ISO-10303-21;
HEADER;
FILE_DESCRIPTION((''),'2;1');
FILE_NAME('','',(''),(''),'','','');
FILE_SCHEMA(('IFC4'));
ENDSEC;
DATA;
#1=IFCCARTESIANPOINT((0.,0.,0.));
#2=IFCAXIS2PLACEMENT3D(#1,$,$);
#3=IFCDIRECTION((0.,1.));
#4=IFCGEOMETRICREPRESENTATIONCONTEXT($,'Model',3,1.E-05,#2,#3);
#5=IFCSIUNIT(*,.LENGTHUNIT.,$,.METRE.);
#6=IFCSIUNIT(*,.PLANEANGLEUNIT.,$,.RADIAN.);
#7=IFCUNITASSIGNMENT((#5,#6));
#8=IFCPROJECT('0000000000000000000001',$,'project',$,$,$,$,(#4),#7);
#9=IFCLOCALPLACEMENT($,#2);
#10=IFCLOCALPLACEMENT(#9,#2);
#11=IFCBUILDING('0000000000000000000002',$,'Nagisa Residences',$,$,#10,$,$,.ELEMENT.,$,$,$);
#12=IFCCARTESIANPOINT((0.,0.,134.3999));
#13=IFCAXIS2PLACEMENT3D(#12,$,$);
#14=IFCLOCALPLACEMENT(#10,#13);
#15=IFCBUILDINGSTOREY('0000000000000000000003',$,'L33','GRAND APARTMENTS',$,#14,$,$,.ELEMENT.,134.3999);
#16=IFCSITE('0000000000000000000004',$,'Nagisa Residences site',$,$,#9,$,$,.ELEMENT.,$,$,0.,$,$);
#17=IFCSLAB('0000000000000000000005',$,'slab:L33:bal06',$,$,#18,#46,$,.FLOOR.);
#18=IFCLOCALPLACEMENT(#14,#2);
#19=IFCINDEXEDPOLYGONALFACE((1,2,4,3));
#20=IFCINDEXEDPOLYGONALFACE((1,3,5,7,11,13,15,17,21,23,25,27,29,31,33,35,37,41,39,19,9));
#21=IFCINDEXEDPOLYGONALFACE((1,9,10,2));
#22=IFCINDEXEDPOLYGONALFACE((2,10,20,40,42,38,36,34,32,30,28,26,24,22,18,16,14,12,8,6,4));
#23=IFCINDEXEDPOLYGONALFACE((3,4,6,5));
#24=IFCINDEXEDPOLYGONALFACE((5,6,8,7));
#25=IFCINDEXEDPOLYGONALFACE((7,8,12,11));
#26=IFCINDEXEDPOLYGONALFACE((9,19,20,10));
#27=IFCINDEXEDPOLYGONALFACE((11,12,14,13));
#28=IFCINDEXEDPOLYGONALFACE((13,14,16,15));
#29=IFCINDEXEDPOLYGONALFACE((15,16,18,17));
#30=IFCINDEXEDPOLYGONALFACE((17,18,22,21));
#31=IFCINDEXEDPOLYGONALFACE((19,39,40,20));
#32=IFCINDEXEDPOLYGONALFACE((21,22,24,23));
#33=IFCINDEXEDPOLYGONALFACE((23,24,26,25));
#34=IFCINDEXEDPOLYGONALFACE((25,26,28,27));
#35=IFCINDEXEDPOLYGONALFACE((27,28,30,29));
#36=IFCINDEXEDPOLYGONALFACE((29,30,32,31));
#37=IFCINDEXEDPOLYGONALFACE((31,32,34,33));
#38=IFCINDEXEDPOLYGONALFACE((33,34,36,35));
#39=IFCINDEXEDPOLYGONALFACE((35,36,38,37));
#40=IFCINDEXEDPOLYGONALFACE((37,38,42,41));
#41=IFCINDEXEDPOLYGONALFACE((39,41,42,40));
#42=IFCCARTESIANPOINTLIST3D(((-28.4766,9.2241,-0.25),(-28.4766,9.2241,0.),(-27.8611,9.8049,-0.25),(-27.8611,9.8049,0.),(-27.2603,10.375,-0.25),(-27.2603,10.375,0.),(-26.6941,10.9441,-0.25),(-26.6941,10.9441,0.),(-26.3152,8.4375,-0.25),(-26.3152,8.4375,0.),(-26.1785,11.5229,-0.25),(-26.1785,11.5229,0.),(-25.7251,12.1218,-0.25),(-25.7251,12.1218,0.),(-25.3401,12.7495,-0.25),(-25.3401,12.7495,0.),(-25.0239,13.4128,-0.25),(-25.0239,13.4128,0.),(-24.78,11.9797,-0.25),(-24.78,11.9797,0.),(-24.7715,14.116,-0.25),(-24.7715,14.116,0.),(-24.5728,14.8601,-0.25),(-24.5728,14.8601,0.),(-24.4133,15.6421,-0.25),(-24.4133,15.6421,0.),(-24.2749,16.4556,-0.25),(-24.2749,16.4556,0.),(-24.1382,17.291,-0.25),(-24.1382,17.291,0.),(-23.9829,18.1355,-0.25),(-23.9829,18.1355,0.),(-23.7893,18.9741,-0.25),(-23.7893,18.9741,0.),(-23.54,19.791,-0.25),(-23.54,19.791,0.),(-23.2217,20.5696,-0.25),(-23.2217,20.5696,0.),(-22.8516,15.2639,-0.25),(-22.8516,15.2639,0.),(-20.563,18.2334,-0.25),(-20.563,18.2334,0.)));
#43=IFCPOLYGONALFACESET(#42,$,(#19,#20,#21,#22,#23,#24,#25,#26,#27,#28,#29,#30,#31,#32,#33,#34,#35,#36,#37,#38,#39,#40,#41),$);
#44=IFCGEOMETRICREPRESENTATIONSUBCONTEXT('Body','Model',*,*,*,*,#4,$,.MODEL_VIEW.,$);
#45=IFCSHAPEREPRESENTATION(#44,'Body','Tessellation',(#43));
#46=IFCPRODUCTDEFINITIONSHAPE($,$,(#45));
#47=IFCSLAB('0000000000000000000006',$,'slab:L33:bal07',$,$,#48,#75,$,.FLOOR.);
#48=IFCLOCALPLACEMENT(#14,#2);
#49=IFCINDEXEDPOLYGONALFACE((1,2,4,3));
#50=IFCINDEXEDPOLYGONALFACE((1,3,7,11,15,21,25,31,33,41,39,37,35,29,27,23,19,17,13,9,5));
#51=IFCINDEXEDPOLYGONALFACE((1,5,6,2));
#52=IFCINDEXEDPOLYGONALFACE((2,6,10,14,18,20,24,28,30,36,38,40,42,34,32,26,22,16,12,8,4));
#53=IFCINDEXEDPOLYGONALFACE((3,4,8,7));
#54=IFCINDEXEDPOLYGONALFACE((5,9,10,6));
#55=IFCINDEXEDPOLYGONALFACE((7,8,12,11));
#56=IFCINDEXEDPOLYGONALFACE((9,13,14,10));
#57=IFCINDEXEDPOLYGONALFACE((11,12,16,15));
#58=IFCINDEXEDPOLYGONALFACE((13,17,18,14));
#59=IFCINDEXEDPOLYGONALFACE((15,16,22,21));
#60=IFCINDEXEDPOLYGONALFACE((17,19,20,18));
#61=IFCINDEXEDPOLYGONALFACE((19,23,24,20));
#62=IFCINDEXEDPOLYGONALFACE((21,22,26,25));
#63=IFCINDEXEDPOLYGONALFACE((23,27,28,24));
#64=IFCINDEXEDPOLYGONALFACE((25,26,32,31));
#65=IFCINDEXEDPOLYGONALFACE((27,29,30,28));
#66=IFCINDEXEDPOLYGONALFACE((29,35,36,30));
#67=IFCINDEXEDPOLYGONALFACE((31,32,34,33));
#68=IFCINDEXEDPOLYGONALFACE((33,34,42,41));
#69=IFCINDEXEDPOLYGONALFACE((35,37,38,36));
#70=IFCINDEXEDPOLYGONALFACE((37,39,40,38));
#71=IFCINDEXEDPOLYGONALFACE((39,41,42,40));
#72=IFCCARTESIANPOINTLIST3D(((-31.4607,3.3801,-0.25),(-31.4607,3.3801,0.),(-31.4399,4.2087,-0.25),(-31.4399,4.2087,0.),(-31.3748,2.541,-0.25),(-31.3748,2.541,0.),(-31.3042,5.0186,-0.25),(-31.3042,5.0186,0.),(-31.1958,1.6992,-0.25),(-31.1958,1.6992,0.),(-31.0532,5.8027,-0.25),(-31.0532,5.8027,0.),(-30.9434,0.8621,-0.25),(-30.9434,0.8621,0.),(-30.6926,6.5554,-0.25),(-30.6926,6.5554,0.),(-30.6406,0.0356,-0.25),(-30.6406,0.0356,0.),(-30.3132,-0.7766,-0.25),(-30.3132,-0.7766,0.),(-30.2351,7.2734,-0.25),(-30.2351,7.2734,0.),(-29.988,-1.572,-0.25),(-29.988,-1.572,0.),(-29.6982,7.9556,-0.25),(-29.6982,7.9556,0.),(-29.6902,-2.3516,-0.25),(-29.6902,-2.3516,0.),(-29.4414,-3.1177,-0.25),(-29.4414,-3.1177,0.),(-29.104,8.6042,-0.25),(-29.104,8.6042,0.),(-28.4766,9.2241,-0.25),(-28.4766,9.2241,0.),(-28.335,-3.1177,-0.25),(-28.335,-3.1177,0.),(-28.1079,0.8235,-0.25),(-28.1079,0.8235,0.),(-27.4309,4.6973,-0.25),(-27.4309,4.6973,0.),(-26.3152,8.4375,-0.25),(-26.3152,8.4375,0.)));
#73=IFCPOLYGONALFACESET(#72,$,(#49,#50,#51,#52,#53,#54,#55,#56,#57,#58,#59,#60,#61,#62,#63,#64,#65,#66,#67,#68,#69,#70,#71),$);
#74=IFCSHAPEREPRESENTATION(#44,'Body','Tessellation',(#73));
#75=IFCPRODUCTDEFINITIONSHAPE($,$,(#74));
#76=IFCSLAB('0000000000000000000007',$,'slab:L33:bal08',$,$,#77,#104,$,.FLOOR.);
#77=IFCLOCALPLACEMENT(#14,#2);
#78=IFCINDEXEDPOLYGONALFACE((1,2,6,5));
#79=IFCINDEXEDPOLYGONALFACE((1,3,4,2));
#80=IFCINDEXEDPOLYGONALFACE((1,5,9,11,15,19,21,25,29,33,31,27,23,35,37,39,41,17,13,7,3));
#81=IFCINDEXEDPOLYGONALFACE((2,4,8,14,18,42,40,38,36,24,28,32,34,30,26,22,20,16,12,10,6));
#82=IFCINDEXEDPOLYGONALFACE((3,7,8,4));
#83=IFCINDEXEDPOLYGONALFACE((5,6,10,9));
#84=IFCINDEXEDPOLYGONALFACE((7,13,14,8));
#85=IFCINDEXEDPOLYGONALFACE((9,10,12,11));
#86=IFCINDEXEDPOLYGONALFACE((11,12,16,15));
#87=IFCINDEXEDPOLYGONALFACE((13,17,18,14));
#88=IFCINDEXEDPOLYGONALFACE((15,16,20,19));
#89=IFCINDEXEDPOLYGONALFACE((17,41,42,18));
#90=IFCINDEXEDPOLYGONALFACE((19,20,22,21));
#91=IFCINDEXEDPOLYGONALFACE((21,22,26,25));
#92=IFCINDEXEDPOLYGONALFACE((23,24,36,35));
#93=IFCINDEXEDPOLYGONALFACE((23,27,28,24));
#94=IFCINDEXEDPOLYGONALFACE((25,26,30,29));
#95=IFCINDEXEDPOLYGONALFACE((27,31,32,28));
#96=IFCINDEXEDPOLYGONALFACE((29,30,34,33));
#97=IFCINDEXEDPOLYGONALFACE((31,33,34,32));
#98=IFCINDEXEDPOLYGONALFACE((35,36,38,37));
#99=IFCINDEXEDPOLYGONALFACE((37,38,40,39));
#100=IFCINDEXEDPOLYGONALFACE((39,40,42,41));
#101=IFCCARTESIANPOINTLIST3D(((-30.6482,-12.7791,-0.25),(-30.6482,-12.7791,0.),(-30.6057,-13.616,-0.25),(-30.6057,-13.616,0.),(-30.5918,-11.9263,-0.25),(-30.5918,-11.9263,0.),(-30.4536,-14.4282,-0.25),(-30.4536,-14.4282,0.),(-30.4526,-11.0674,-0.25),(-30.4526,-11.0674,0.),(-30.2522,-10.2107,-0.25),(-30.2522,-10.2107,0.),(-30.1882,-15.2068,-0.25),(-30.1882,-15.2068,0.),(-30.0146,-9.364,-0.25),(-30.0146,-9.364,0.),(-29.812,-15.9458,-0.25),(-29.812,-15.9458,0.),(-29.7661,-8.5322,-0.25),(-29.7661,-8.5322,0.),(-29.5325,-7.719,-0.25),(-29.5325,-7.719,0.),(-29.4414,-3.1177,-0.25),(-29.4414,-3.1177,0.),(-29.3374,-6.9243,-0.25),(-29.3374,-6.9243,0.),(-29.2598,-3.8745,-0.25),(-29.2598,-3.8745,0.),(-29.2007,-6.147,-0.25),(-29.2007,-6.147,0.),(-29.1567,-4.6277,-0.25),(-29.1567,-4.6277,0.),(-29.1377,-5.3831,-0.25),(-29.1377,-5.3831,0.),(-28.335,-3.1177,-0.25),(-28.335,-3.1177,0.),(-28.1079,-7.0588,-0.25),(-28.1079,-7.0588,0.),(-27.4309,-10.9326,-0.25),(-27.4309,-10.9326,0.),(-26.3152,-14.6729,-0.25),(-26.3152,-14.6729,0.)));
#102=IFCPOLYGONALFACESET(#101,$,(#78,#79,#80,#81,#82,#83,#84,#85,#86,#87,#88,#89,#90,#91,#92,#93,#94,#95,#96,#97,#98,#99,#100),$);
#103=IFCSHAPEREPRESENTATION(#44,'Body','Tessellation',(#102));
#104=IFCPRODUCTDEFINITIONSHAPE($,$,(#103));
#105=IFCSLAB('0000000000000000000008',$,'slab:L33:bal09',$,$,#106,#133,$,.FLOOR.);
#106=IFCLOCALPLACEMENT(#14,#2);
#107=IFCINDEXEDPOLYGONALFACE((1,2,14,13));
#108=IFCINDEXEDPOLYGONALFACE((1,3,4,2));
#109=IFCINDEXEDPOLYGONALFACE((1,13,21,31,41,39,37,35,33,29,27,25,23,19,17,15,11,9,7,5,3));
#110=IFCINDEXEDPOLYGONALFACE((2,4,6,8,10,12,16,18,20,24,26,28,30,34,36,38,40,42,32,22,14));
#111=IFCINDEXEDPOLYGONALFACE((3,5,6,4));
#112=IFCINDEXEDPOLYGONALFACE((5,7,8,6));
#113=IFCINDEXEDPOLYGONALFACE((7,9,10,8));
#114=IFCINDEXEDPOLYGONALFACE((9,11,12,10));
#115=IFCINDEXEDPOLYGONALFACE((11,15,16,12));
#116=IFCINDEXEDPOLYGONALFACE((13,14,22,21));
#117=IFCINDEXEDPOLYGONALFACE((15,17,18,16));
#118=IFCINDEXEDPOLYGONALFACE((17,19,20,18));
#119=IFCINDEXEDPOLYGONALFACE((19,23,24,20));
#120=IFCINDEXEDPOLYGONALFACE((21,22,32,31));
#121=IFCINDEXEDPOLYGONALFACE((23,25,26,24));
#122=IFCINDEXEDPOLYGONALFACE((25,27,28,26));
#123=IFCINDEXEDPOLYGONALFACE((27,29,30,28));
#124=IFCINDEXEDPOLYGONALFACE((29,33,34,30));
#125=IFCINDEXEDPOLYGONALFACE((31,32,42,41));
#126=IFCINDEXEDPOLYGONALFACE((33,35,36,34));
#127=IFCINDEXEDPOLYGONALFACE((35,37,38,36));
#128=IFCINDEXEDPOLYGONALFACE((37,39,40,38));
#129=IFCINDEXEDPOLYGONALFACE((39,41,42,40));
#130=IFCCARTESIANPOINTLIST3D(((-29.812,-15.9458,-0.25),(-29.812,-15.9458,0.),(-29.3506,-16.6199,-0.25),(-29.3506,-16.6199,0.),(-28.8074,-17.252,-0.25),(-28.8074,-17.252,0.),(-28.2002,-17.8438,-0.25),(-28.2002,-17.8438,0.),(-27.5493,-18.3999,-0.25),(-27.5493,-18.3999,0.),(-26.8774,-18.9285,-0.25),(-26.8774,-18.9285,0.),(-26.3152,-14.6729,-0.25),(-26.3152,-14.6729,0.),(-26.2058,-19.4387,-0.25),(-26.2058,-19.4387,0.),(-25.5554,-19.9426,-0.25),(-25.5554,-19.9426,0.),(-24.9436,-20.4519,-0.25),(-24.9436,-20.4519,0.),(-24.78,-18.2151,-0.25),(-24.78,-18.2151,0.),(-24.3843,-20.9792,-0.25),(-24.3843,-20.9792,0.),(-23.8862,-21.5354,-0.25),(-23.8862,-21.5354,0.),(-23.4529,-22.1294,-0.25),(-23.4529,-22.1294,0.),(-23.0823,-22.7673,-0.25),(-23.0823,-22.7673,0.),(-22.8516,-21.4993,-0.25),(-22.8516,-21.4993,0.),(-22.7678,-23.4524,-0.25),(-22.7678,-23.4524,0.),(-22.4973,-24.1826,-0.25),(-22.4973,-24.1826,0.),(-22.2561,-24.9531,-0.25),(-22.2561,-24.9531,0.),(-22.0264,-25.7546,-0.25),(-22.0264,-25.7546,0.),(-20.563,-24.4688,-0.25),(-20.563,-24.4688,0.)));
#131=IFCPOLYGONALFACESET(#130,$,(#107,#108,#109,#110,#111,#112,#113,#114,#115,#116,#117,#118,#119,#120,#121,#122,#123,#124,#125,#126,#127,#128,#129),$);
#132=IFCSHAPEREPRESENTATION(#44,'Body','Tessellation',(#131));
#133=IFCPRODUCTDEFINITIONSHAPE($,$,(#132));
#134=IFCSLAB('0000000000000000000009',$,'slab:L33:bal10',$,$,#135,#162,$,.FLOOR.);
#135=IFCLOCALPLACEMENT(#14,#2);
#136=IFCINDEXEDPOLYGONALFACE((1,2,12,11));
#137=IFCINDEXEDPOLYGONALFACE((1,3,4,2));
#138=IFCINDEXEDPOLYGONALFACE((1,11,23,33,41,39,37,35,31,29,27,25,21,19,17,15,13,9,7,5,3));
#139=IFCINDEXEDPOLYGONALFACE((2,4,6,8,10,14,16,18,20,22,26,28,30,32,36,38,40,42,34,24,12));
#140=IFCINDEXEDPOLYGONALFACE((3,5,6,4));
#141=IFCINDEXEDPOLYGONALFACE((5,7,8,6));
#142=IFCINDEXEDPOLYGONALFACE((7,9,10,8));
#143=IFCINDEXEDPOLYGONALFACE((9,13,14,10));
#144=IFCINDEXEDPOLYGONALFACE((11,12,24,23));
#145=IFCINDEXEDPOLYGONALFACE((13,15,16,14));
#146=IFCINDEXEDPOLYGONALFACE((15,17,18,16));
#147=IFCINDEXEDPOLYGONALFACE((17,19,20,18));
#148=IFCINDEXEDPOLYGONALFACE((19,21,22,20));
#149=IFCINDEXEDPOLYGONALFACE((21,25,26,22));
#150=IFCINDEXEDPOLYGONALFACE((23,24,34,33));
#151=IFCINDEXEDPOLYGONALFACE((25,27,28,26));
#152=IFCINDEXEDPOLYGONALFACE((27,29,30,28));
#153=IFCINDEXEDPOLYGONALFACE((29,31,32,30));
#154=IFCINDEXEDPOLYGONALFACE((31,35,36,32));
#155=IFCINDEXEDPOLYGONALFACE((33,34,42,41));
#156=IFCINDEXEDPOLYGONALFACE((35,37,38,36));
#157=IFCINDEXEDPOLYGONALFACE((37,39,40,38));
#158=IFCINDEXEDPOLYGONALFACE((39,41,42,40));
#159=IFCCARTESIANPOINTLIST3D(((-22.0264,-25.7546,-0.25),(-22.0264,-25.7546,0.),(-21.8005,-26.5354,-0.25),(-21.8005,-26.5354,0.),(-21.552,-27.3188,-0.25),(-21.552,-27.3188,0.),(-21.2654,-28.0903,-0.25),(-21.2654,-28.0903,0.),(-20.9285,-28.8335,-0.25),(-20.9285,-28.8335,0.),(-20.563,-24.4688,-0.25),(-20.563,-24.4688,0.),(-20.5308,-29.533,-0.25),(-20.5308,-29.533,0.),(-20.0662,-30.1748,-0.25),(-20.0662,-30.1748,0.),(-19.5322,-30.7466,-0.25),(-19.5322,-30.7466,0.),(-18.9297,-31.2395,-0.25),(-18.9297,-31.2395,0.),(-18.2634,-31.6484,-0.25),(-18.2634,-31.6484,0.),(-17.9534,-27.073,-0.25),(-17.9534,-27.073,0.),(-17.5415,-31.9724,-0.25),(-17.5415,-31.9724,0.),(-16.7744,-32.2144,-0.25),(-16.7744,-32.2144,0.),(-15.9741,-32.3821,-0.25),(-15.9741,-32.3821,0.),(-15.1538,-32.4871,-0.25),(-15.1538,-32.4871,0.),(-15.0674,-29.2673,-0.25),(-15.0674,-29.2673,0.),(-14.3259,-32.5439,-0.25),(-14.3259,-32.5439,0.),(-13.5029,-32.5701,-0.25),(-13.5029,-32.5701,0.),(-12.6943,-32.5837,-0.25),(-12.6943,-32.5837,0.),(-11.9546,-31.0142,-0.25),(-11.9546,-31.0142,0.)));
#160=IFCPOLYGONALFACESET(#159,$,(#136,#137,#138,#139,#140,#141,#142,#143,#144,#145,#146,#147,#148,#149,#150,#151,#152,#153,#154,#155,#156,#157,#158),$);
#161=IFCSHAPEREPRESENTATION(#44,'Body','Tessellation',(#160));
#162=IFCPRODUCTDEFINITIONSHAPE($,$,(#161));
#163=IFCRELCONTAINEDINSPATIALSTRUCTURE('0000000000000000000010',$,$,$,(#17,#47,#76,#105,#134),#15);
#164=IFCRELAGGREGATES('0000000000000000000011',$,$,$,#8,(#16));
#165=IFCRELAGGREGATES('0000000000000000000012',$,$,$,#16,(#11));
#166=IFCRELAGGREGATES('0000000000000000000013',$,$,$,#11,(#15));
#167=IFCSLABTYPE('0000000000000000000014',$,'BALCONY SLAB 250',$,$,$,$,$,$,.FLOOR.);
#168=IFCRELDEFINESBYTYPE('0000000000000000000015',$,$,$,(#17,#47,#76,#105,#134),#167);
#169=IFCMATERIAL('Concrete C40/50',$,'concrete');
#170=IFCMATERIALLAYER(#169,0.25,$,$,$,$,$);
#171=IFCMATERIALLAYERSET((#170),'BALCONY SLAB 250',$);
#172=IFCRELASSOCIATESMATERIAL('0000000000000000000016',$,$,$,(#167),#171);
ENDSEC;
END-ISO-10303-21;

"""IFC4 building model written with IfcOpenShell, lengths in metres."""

from ifc_helpers import new_model, si_unit, direction, frame, origin, place, context, subcontext, project, spatial, polyline, outline, extrude, material, layer, layer_set, type_object, element, save


model = new_model("IFC4")

# Units and contexts
model_context = context("Model", 3, precision=1e-05, world=origin(), true_north=direction((0.0, 1.0)))
body_context = subcontext(model_context, "Body", "Model", "MODEL_VIEW")
ifc_project = project(units=[si_unit("LENGTHUNIT", "METRE"), si_unit("PLANEANGLEUNIT", "RADIAN")], contexts=[model_context])

# Site, building, storey
site_placement = place(None, origin())
site = spatial("IfcSite", under=ifc_project, at=site_placement, Name="Nagisa Residences site", CompositionType="ELEMENT", RefElevation=0.0)
building_placement = place(site_placement, origin())
building = spatial("IfcBuilding", under=site, at=building_placement, Name="Nagisa Residences", CompositionType="ELEMENT")
storey_placement = place(building_placement, frame((0.0, 0.0, 134.3999)))
storey = spatial("IfcBuildingStorey", under=building, at=storey_placement, Name="L33", Description="GRAND APARTMENTS", CompositionType="ELEMENT", Elevation=134.3999)

# Slabs
ifc_material_1 = material(Name="Concrete C40/50", Category="concrete")
ifc_layer_1 = layer(ifc_material_1, 0.25)
ifc_layer_set_1 = layer_set([ifc_layer_1], Name="BALCONY SLAB 250")
slab_type = type_object("IfcSlabType", Name="BALCONY SLAB 250", PredefinedType="FLOOR", material=ifc_layer_set_1)
slab_1_placement = place(storey_placement, frame((0.0, 0.0, -0.25)))
element("IfcSlab", 1, at=slab_1_placement, inside=storey, type_object=slab_type, Name="slab:L33:bal06", PredefinedType="FLOOR", context=body_context, shape_type="SweptSolid", body=[
    extrude(outline(polyline([(-23.2217, 20.5696), (-23.54, 19.791), (-23.7893, 18.9741), (-23.9829, 18.1355), (-24.1382, 17.291), (-24.2749, 16.4556), (-24.4133, 15.6421), (-24.5728, 14.8601), (-24.7715, 14.116), (-25.0239, 13.4128), (-25.3401, 12.7495), (-25.7251, 12.1218), (-26.1785, 11.5229), (-26.6941, 10.9441), (-27.2603, 10.375), (-27.8611, 9.8049), (-28.4766, 9.2241), (-26.3152, 8.4375), (-24.78, 11.9797), (-22.8516, 15.2639), (-20.563, 18.2334), (-23.2217, 20.5696)])), origin(), (0.0, 0.0, 1.0), 0.25),
])
slab_2_placement = place(storey_placement, frame((0.0, 0.0, -0.25)))
element("IfcSlab", 2, at=slab_2_placement, inside=storey, type_object=slab_type, Name="slab:L33:bal07", PredefinedType="FLOOR", context=body_context, shape_type="SweptSolid", body=[
    extrude(outline(polyline([(-28.4766, 9.2241), (-29.104, 8.6042), (-29.6982, 7.9556), (-30.2351, 7.2734), (-30.6926, 6.5554), (-31.0532, 5.8027), (-31.3042, 5.0186), (-31.4399, 4.2087), (-31.4607, 3.3801), (-31.3748, 2.541), (-31.1958, 1.6992), (-30.9434, 0.8621), (-30.6406, 0.0356), (-30.3132, -0.7766), (-29.988, -1.572), (-29.6902, -2.3516), (-29.4414, -3.1177), (-28.335, -3.1177), (-28.1079, 0.8235), (-27.4309, 4.6973), (-26.3152, 8.4375), (-28.4766, 9.2241)])), origin(), (0.0, 0.0, 1.0), 0.25),
])
slab_3_placement = place(storey_placement, frame((0.0, 0.0, -0.25)))
element("IfcSlab", 3, at=slab_3_placement, inside=storey, type_object=slab_type, Name="slab:L33:bal08", PredefinedType="FLOOR", context=body_context, shape_type="SweptSolid", body=[
    extrude(outline(polyline([(-29.4414, -3.1177), (-29.2598, -3.8745), (-29.1567, -4.6277), (-29.1377, -5.3831), (-29.2007, -6.147), (-29.3374, -6.9243), (-29.5325, -7.719), (-29.7661, -8.5322), (-30.0146, -9.364), (-30.2522, -10.2107), (-30.4526, -11.0674), (-30.5918, -11.9263), (-30.6482, -12.7791), (-30.6057, -13.616), (-30.4536, -14.4282), (-30.1882, -15.2068), (-29.812, -15.9458), (-26.3152, -14.6729), (-27.4309, -10.9326), (-28.1079, -7.0588), (-28.335, -3.1177), (-29.4414, -3.1177)])), origin(), (0.0, 0.0, 1.0), 0.25),
])
slab_4_placement = place(storey_placement, frame((0.0, 0.0, -0.25)))
element("IfcSlab", 4, at=slab_4_placement, inside=storey, type_object=slab_type, Name="slab:L33:bal09", PredefinedType="FLOOR", context=body_context, shape_type="SweptSolid", body=[
    extrude(outline(polyline([(-29.812, -15.9458), (-29.3506, -16.6199), (-28.8074, -17.252), (-28.2002, -17.8438), (-27.5493, -18.3999), (-26.8774, -18.9285), (-26.2058, -19.4387), (-25.5554, -19.9426), (-24.9436, -20.4519), (-24.3843, -20.9792), (-23.8862, -21.5354), (-23.4529, -22.1294), (-23.0823, -22.7673), (-22.7678, -23.4524), (-22.4973, -24.1826), (-22.2561, -24.9531), (-22.0264, -25.7546), (-20.563, -24.4688), (-22.8516, -21.4993), (-24.78, -18.2151), (-26.3152, -14.6729), (-29.812, -15.9458)])), origin(), (0.0, 0.0, 1.0), 0.25),
])
slab_5_placement = place(storey_placement, frame((0.0, 0.0, -0.25)))
element("IfcSlab", 5, at=slab_5_placement, inside=storey, type_object=slab_type, Name="slab:L33:bal10", PredefinedType="FLOOR", context=body_context, shape_type="SweptSolid", body=[
    extrude(outline(polyline([(-22.0264, -25.7546), (-21.8005, -26.5354), (-21.552, -27.3188), (-21.2654, -28.0903), (-20.9285, -28.8335), (-20.5308, -29.533), (-20.0662, -30.1748), (-19.5322, -30.7466), (-18.9297, -31.2395), (-18.2634, -31.6484), (-17.5415, -31.9724), (-16.7744, -32.2144), (-15.9741, -32.3821), (-15.1538, -32.4871), (-14.3259, -32.5439), (-13.5029, -32.5701), (-12.6943, -32.5837), (-11.9546, -31.0142), (-15.0674, -29.2673), (-17.9534, -27.073), (-20.563, -24.4688), (-22.0264, -25.7546)])), origin(), (0.0, 0.0, 1.0), 0.25),
])

save(model, "model.ifc")
